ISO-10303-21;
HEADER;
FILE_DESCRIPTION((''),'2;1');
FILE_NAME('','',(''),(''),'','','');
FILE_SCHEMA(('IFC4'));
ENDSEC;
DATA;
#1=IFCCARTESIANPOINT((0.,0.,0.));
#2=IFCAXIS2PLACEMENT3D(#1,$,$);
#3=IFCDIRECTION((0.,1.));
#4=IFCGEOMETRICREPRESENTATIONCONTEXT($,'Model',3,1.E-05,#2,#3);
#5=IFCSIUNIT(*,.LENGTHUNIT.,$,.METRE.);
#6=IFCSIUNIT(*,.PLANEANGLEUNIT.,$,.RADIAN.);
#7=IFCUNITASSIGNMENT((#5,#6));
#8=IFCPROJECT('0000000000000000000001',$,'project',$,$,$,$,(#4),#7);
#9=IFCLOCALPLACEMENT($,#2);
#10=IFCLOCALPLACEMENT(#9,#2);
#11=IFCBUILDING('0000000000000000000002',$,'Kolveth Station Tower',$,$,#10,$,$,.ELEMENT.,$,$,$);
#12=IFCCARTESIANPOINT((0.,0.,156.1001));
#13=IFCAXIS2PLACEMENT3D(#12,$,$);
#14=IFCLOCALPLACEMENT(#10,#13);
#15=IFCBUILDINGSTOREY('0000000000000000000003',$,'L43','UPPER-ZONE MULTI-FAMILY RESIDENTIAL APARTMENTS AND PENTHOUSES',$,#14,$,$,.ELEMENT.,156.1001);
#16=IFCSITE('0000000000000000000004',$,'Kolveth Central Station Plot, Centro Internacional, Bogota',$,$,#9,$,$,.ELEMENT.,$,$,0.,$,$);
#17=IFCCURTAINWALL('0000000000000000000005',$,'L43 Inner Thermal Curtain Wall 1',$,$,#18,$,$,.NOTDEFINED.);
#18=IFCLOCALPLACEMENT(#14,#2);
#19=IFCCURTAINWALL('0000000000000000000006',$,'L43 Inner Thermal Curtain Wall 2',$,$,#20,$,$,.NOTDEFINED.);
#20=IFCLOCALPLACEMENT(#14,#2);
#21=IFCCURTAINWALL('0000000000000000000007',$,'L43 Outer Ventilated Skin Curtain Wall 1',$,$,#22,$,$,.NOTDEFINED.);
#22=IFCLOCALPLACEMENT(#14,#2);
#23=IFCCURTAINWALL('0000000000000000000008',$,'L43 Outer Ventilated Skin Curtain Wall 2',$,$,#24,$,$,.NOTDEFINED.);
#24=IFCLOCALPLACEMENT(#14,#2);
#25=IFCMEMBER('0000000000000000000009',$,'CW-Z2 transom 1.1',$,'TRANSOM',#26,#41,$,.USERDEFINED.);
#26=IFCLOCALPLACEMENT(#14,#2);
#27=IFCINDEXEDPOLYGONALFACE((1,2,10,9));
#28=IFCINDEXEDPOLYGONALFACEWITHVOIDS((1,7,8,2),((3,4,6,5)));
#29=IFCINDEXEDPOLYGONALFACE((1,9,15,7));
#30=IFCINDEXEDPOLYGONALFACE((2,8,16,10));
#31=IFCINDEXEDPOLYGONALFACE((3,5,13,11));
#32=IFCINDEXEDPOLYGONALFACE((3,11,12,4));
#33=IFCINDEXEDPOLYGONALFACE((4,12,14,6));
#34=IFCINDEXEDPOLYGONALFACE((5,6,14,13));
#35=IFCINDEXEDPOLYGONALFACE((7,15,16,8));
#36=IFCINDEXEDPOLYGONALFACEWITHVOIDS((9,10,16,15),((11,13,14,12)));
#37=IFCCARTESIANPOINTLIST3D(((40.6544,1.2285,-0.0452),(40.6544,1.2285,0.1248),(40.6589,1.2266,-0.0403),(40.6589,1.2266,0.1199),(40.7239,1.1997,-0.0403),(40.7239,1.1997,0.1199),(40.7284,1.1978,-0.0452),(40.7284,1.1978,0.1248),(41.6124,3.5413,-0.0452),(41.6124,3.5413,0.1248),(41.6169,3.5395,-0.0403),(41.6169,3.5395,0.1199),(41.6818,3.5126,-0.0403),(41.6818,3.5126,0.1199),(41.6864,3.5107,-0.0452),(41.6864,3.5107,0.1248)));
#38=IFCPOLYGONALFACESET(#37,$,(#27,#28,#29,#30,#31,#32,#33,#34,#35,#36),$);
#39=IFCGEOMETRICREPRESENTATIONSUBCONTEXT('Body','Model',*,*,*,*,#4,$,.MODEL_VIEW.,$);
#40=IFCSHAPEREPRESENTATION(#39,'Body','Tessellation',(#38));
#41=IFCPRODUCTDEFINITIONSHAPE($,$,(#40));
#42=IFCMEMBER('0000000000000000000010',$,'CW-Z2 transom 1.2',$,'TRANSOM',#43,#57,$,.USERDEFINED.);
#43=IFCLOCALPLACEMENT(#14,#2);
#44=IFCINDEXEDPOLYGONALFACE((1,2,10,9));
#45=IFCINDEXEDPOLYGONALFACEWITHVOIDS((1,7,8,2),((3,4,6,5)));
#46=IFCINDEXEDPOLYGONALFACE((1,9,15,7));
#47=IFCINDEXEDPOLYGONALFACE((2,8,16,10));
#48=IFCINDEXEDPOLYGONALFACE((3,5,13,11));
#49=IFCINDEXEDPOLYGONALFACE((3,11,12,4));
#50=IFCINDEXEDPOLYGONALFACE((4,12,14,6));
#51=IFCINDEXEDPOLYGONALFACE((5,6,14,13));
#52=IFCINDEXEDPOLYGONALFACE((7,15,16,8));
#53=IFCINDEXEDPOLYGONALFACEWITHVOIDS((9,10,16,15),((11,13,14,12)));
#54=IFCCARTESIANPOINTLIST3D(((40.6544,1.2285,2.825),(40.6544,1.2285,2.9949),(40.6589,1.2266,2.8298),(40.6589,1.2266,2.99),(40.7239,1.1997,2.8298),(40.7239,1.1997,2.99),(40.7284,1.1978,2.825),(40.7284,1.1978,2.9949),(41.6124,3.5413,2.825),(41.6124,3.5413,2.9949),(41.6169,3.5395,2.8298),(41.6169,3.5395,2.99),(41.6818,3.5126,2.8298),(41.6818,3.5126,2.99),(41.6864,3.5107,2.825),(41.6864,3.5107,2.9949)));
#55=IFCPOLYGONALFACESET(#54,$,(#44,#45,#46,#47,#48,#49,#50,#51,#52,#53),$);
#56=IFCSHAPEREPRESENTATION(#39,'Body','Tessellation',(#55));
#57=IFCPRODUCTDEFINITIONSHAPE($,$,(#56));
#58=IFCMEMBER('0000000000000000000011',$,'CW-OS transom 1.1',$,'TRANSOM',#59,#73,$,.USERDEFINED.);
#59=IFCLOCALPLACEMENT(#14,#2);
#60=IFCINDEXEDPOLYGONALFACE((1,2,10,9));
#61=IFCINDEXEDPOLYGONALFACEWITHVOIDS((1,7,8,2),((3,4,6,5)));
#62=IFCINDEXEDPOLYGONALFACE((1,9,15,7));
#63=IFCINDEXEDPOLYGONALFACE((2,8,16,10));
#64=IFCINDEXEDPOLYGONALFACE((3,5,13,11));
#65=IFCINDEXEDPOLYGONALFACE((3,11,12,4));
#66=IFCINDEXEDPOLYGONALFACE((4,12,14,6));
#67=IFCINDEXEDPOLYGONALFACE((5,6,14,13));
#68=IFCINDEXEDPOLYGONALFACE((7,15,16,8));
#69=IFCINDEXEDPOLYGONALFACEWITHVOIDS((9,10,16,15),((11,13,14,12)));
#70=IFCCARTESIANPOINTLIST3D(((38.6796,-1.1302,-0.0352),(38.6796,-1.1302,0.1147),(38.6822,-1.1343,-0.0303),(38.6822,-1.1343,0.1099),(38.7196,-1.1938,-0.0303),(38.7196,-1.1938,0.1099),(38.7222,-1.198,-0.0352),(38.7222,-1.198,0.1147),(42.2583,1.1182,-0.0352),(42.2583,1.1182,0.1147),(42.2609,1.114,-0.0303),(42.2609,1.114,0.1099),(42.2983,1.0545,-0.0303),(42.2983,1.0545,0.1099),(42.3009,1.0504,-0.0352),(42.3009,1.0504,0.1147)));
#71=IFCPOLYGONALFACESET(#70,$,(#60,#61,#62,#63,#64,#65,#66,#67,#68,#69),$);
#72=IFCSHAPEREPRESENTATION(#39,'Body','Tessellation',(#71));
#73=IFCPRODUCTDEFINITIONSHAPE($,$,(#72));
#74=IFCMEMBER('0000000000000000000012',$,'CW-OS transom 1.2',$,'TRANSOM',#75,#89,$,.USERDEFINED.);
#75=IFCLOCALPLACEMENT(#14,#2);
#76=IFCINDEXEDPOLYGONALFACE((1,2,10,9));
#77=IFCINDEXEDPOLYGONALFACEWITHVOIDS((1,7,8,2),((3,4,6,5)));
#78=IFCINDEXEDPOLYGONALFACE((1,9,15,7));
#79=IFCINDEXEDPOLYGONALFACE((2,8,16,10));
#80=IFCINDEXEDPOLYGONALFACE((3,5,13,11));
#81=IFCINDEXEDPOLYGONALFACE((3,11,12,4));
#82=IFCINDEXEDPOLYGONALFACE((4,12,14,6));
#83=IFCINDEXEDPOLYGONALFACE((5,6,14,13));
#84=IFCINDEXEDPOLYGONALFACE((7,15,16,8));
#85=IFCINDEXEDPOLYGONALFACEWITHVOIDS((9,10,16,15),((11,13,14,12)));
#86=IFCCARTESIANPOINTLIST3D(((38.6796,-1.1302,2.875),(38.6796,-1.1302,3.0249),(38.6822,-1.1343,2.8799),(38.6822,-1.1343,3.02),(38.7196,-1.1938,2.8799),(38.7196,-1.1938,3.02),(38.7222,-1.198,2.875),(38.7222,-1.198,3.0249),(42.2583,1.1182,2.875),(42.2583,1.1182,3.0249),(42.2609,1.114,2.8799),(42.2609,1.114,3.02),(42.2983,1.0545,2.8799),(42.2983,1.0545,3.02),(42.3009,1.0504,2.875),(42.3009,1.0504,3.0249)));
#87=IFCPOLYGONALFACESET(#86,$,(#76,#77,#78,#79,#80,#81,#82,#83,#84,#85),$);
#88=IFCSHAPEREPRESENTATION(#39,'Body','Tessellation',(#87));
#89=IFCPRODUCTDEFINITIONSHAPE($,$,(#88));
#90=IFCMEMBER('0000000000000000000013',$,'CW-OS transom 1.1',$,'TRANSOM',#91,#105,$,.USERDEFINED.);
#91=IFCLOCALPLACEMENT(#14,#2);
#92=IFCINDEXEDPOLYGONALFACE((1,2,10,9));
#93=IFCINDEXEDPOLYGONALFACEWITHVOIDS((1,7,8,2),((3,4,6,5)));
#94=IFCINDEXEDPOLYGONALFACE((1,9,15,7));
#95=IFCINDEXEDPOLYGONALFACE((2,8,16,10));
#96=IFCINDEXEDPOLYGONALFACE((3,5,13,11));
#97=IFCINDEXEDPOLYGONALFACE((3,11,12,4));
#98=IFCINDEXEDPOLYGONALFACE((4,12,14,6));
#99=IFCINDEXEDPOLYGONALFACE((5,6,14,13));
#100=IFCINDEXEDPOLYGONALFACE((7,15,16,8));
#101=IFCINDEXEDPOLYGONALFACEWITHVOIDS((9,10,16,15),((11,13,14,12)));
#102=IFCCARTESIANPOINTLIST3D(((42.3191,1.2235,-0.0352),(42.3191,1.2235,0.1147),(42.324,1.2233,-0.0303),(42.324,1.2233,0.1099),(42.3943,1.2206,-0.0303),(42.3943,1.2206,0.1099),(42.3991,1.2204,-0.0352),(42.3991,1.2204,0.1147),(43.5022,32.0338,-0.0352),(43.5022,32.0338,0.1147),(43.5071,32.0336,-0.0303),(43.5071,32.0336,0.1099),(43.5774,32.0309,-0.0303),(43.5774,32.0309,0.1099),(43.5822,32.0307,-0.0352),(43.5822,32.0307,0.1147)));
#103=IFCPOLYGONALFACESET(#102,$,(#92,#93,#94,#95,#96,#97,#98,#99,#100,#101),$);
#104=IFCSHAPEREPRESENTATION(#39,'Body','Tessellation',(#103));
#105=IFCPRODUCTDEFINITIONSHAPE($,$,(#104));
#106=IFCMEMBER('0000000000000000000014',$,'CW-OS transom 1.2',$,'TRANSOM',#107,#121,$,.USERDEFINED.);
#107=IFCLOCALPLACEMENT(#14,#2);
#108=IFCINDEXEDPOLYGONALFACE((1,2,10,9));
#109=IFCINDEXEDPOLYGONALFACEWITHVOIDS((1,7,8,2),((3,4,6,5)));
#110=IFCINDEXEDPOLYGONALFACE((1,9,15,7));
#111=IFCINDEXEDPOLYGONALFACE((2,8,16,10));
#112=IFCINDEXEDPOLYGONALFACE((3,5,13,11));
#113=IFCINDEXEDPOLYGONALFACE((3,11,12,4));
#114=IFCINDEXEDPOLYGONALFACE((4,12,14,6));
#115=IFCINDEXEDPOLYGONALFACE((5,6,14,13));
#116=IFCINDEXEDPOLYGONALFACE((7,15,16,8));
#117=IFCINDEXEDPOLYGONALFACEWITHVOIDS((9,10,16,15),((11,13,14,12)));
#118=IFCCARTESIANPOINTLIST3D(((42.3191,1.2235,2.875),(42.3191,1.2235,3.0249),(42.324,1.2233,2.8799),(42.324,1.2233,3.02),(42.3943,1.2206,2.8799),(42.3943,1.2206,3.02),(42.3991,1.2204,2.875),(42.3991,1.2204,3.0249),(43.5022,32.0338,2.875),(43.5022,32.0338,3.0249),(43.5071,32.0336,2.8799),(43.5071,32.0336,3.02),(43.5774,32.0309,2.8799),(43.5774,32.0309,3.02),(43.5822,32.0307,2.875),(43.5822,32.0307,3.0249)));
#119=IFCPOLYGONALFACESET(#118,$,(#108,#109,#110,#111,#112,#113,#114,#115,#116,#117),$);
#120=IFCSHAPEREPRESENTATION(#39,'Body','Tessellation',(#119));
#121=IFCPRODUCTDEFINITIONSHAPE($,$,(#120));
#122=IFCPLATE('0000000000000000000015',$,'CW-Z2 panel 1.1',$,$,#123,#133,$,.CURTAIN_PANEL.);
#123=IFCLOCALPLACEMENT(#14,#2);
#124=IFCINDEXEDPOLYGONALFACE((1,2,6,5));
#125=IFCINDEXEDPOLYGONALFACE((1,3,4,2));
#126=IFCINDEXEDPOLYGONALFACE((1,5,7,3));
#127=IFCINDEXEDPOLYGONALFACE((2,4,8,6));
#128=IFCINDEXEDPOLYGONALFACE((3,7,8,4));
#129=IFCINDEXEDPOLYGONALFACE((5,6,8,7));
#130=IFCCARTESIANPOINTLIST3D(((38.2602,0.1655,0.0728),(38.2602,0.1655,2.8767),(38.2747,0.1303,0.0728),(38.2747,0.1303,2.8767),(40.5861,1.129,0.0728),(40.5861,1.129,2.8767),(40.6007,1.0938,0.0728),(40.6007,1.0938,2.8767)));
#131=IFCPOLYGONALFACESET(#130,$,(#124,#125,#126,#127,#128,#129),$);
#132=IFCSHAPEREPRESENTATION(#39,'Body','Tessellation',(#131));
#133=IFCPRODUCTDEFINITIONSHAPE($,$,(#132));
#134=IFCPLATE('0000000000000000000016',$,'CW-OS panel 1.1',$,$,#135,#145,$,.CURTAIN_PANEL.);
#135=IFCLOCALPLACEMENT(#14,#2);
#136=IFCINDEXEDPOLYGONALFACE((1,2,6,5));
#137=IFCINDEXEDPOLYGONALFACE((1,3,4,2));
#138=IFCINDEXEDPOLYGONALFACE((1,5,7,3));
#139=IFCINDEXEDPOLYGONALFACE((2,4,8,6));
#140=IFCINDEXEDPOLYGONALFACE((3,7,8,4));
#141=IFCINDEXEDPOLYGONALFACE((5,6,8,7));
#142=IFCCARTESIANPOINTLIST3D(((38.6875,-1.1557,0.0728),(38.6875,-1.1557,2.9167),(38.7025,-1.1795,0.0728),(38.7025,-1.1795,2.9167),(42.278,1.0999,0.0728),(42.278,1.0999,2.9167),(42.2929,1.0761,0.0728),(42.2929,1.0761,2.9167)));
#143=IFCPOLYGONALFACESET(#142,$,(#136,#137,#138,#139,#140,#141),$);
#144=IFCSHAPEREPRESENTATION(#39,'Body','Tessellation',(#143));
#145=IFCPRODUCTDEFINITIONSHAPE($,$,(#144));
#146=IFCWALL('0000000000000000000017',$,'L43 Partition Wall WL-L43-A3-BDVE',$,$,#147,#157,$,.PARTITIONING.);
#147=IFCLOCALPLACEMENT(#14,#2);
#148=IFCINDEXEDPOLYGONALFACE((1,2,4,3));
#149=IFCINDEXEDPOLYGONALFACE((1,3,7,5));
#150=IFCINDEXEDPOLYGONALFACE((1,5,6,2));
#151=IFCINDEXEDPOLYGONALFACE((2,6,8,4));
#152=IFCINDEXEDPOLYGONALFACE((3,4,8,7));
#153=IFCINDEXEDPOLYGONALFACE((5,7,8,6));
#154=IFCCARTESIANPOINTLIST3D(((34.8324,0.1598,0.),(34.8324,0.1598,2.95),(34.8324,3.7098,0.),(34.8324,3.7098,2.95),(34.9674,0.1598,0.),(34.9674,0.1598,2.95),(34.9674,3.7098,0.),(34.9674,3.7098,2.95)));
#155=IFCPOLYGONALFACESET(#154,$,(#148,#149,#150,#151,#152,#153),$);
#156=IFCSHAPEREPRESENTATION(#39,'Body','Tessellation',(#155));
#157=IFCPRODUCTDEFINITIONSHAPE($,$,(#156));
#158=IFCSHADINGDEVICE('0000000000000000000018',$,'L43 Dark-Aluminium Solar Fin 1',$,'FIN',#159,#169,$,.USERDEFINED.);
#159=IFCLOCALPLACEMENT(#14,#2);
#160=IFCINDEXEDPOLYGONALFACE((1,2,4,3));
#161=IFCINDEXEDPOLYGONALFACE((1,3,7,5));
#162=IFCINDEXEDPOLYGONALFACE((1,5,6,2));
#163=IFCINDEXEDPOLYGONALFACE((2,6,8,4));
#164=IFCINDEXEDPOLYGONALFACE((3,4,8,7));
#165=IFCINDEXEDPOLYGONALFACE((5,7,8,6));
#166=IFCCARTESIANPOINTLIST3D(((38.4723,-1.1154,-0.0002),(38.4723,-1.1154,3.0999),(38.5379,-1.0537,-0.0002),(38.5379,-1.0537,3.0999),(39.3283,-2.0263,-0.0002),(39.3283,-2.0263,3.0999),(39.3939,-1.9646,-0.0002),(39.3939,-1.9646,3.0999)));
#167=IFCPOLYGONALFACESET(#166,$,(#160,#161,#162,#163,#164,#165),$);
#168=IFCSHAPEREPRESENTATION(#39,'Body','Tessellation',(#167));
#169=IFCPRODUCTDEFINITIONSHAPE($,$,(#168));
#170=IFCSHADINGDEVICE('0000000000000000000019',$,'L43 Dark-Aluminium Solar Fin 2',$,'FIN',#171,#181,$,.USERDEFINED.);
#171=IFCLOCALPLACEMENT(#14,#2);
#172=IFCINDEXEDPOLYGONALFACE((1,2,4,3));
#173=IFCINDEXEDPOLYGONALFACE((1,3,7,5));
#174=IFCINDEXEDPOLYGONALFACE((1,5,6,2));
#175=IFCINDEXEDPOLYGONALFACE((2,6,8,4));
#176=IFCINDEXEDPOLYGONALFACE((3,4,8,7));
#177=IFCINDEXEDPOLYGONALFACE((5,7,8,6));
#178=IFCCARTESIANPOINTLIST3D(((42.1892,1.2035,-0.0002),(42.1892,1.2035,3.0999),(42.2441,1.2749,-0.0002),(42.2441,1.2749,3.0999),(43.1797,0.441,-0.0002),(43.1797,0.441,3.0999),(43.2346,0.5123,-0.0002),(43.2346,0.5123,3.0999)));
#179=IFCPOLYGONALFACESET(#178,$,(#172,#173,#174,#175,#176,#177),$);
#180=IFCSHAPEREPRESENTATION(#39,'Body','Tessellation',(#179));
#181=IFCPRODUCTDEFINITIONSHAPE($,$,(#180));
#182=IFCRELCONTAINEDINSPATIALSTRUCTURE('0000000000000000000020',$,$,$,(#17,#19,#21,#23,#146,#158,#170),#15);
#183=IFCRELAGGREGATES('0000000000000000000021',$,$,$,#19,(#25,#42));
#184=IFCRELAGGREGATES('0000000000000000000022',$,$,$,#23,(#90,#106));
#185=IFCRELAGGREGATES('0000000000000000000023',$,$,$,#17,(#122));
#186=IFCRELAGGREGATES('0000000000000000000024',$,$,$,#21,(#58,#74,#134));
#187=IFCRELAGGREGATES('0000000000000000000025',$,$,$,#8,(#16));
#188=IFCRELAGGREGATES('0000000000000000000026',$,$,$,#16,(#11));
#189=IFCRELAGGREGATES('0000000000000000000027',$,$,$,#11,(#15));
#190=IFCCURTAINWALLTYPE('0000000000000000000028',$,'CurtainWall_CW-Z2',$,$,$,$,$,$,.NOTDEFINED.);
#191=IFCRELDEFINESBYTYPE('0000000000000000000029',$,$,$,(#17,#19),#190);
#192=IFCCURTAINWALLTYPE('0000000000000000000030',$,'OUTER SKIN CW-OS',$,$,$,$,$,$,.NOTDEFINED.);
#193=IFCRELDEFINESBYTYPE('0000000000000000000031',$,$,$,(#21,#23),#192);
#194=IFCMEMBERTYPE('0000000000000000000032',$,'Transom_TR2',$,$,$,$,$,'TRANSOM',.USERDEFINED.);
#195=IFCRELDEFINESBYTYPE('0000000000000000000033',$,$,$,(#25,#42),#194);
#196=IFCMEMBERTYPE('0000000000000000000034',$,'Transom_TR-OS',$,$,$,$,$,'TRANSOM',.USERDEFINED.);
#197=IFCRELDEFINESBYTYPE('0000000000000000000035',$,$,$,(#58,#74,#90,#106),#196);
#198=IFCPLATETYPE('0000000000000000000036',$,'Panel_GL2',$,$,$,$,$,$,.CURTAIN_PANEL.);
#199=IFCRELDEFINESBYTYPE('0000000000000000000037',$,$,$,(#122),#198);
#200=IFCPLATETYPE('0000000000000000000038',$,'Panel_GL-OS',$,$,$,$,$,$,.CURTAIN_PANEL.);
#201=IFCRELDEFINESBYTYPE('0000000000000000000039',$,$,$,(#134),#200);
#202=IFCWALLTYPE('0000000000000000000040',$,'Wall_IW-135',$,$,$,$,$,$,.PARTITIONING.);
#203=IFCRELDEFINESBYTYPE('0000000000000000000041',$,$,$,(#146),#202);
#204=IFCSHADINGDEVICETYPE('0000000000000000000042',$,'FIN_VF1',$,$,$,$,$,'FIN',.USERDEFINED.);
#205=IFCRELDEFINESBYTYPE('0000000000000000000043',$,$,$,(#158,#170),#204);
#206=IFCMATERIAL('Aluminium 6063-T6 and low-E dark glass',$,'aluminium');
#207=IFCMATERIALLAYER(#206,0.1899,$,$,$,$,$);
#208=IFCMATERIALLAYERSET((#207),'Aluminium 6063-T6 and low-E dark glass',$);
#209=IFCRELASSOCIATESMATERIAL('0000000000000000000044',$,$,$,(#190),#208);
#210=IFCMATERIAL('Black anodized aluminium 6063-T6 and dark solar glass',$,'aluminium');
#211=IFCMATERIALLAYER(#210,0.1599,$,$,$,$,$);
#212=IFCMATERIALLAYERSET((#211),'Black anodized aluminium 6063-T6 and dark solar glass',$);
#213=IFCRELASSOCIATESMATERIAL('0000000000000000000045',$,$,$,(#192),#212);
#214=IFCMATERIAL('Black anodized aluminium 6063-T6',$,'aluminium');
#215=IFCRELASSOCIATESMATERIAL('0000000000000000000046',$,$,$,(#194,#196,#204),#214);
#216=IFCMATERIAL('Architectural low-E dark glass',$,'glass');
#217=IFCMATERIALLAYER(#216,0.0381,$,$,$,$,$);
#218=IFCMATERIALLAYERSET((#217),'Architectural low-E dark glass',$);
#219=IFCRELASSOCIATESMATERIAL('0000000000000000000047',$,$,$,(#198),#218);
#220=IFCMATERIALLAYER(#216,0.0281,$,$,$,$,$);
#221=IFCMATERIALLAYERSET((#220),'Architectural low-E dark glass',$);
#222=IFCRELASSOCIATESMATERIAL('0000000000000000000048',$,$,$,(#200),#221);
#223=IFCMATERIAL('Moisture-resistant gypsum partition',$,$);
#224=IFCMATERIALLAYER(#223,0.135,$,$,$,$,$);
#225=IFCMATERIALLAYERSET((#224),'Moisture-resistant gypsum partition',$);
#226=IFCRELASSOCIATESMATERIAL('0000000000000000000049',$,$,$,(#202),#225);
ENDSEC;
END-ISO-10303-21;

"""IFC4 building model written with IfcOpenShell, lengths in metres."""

from ifc_helpers import new_model, si_unit, direction, frame, frame_2d, origin, origin_2d, place, context, subcontext, project, spatial, rectangle, hollow_rectangle, extrude, source, transform, mapped, material, layer, layer_set, material_profile, profile_set, type_object, element, aggregate, save


model = new_model("IFC4")

# Units and contexts
model_context = context("Model", 3, precision=1e-05, world=origin(), true_north=direction((0.0, 1.0)))
body_context = subcontext(model_context, "Body", "Model", "MODEL_VIEW")
ifc_project = project(units=[si_unit("LENGTHUNIT", "METRE"), si_unit("PLANEANGLEUNIT", "RADIAN")], contexts=[model_context])

# Site, building, storey
site_placement = place(None, origin())
site = spatial("IfcSite", under=ifc_project, at=site_placement, Name="Kolveth Central Station Plot, Centro Internacional, Bogota", CompositionType="ELEMENT", RefElevation=0.0)
building_placement = place(site_placement, origin())
building = spatial("IfcBuilding", under=site, at=building_placement, Name="Kolveth Station Tower", CompositionType="ELEMENT")
storey_placement = place(building_placement, frame((0.0, 0.0, 156.1001)))
storey = spatial("IfcBuildingStorey", under=building, at=storey_placement, Name="L43", Description="UPPER-ZONE MULTI-FAMILY RESIDENTIAL APARTMENTS AND PENTHOUSES", CompositionType="ELEMENT", Elevation=156.1001)

# Curtain wall
ifc_material_1 = material(Name="Aluminium 6063-T6 and low-E dark glass", Category="aluminium")
ifc_layer_1 = layer(ifc_material_1, 0.1899)
ifc_layer_set_1 = layer_set([ifc_layer_1], Name="Aluminium 6063-T6 and low-E dark glass")
curtain_wall_type_1 = type_object("IfcCurtainWallType", Name="CurtainWall_CW-Z2", PredefinedType="NOTDEFINED", material=ifc_layer_set_1)
curtain_wall_1_placement = place(storey_placement, origin())
curtain_wall_1 = element("IfcCurtainWall", 1, at=curtain_wall_1_placement, inside=storey, type_object=curtain_wall_type_1, Name="L43 Inner Thermal Curtain Wall 1", PredefinedType="NOTDEFINED")
ifc_material_2 = material(Name="Black anodized aluminium 6063-T6", Category="aluminium")

# Curtain wall
curtain_wall_2_placement = place(storey_placement, origin())
curtain_wall_2 = element("IfcCurtainWall", 2, at=curtain_wall_2_placement, inside=storey, type_object=curtain_wall_type_1, Name="L43 Inner Thermal Curtain Wall 2", PredefinedType="NOTDEFINED")

# Curtain wall
ifc_material_3 = material(Name="Black anodized aluminium 6063-T6 and dark solar glass", Category="aluminium")
ifc_layer_2 = layer(ifc_material_3, 0.1599)
ifc_layer_set_2 = layer_set([ifc_layer_2], Name="Black anodized aluminium 6063-T6 and dark solar glass")
curtain_wall_type_2 = type_object("IfcCurtainWallType", Name="OUTER SKIN CW-OS", PredefinedType="NOTDEFINED", material=ifc_layer_set_2)
curtain_wall_3_placement = place(storey_placement, origin())
curtain_wall_3 = element("IfcCurtainWall", 3, at=curtain_wall_3_placement, inside=storey, type_object=curtain_wall_type_2, Name="L43 Outer Ventilated Skin Curtain Wall 1", PredefinedType="NOTDEFINED")

# Curtain wall
curtain_wall_4_placement = place(storey_placement, origin())
curtain_wall_4 = element("IfcCurtainWall", 4, at=curtain_wall_4_placement, inside=storey, type_object=curtain_wall_type_2, Name="L43 Outer Ventilated Skin Curtain Wall 2", PredefinedType="NOTDEFINED")

# Members
ifc_material_profile_1 = material_profile(ifc_material_2, hollow_rectangle(XDim=0.0801, YDim=0.1699, WallThickness=0.0049, at=origin_2d()), Name="ALU-80x170x5")
ifc_profile_set_1 = profile_set([ifc_material_profile_1], Name="Black anodized aluminium 6063-T6")
member_type_1 = type_object("IfcMemberType", Name="Transom_TR2", ElementType="TRANSOM", PredefinedType="USERDEFINED", material=ifc_profile_set_1)
shared_shape_1 = source(origin(), body_context, "Body", "SweptSolid", [
    extrude(hollow_rectangle(XDim=0.0801, YDim=0.1699, WallThickness=0.0049, at=origin_2d()), origin(), (0.0, 0.0, 1.0), 2.5034),
])
member_1_placement = place(storey_placement, frame((40.6914, 1.2131, 0.0398), z_axis=(0.382662, 0.923888, 0.0), x_axis=(-0.923888, 0.382662, 0.0)))
member_1 = element("IfcMember", 5, at=member_1_placement, type_object=member_type_1, Name="CW-Z2 transom 1.1", ObjectType="TRANSOM", PredefinedType="USERDEFINED", context=body_context, shape_type="MappedRepresentation", body=[
    mapped(shared_shape_1, transform((0.0, 0.0, 0.0), x_axis=(1.0, 0.0, 0.0), y_axis=(0.0, 1.0, 0.0), z_axis=(0.0, 0.0, 1.0), scale=1.0)),
])
member_2_placement = place(storey_placement, frame((40.6914, 1.2131, 2.9099), z_axis=(0.382662, 0.923888, 0.0), x_axis=(-0.923888, 0.382662, 0.0)))
member_2 = element("IfcMember", 6, at=member_2_placement, type_object=member_type_1, Name="CW-Z2 transom 1.2", ObjectType="TRANSOM", PredefinedType="USERDEFINED", context=body_context, shape_type="MappedRepresentation", body=[
    mapped(shared_shape_1, transform((0.0, 0.0, 0.0), x_axis=(1.0, 0.0, 0.0), y_axis=(0.0, 1.0, 0.0), z_axis=(0.0, 0.0, 1.0), scale=1.0)),
])
aggregate(curtain_wall_2, [member_1, member_2])
ifc_material_profile_2 = material_profile(ifc_material_2, hollow_rectangle(XDim=0.0801, YDim=0.1499, WallThickness=0.0049, at=origin_2d()), Name="ALU-80x150x5")
ifc_profile_set_2 = profile_set([ifc_material_profile_2], Name="Black anodized aluminium 6063-T6")
member_type_2 = type_object("IfcMemberType", Name="Transom_TR-OS", ElementType="TRANSOM", PredefinedType="USERDEFINED", material=ifc_profile_set_2)
shared_shape_2 = source(origin(), body_context, "Body", "SweptSolid", [
    extrude(hollow_rectangle(XDim=0.0801, YDim=0.1499, WallThickness=0.0049, at=origin_2d()), origin(), (0.0, 0.0, 1.0), 4.2263),
])
member_3_placement = place(storey_placement, frame((38.7009, -1.1641, 0.0398), z_axis=(0.846756, 0.531981, 0.0), x_axis=(-0.531981, 0.846756, 0.0)))
member_3 = element("IfcMember", 7, at=member_3_placement, type_object=member_type_2, Name="CW-OS transom 1.1", ObjectType="TRANSOM", PredefinedType="USERDEFINED", context=body_context, shape_type="MappedRepresentation", body=[
    mapped(shared_shape_2, transform((0.0, 0.0, 0.0), x_axis=(1.0, 0.0, 0.0), y_axis=(0.0, 1.0, 0.0), z_axis=(0.0, 0.0, 1.0), scale=1.0)),
])
member_4_placement = place(storey_placement, frame((38.7009, -1.1641, 2.95), z_axis=(0.846756, 0.531981, 0.0), x_axis=(-0.531981, 0.846756, 0.0)))
member_4 = element("IfcMember", 8, at=member_4_placement, type_object=member_type_2, Name="CW-OS transom 1.2", ObjectType="TRANSOM", PredefinedType="USERDEFINED", context=body_context, shape_type="MappedRepresentation", body=[
    mapped(shared_shape_2, transform((0.0, 0.0, 0.0), x_axis=(1.0, 0.0, 0.0), y_axis=(0.0, 1.0, 0.0), z_axis=(0.0, 0.0, 1.0), scale=1.0)),
])
shared_shape_3 = source(origin(), body_context, "Body", "SweptSolid", [
    extrude(hollow_rectangle(XDim=0.0801, YDim=0.1499, WallThickness=0.0049, at=origin_2d()), origin(), (0.0, 0.0, 1.0), 30.833),
])
member_5_placement = place(storey_placement, frame((42.3591, 1.2219, 0.0398), z_axis=(0.038371, 0.999264, 0.0), x_axis=(-0.999264, 0.038371, 0.0)))
member_5 = element("IfcMember", 9, at=member_5_placement, type_object=member_type_2, Name="CW-OS transom 1.1", ObjectType="TRANSOM", PredefinedType="USERDEFINED", context=body_context, shape_type="MappedRepresentation", body=[
    mapped(shared_shape_3, transform((0.0, 0.0, 0.0), x_axis=(1.0, 0.0, 0.0), y_axis=(0.0, 1.0, 0.0), z_axis=(0.0, 0.0, 1.0), scale=1.0)),
])
member_6_placement = place(storey_placement, frame((42.3591, 1.2219, 2.95), z_axis=(0.038371, 0.999264, 0.0), x_axis=(-0.999264, 0.038371, 0.0)))
member_6 = element("IfcMember", 10, at=member_6_placement, type_object=member_type_2, Name="CW-OS transom 1.2", ObjectType="TRANSOM", PredefinedType="USERDEFINED", context=body_context, shape_type="MappedRepresentation", body=[
    mapped(shared_shape_3, transform((0.0, 0.0, 0.0), x_axis=(1.0, 0.0, 0.0), y_axis=(0.0, 1.0, 0.0), z_axis=(0.0, 0.0, 1.0), scale=1.0)),
])
aggregate(curtain_wall_4, [member_5, member_6])

# Plates
ifc_material_4 = material(Name="Architectural low-E dark glass", Category="glass")
ifc_layer_3 = layer(ifc_material_4, 0.0381)
ifc_layer_set_3 = layer_set([ifc_layer_3], Name="Architectural low-E dark glass")
plate_type_1 = type_object("IfcPlateType", Name="Panel_GL2", PredefinedType="CURTAIN_PANEL", material=ifc_layer_set_3)
shared_shape_4 = source(origin(), body_context, "Body", "SweptSolid", [
    extrude(rectangle(XDim=2.5176, YDim=0.0381, at=origin_2d()), origin(), (0.0, 0.0, 1.0), 2.804),
])
plate_1_placement = place(storey_placement, frame((39.4304, 0.6296, 0.0728), z_axis=(0.0, 0.0, 1.0), x_axis=(0.923874, 0.382698, 0.0)))
plate_1 = element("IfcPlate", 11, at=plate_1_placement, type_object=plate_type_1, Name="CW-Z2 panel 1.1", PredefinedType="CURTAIN_PANEL", context=body_context, shape_type="MappedRepresentation", body=[
    mapped(shared_shape_4, transform((0.0, 0.0, 0.0), x_axis=(1.0, 0.0, 0.0), y_axis=(0.0, 1.0, 0.0), z_axis=(0.0, 0.0, 1.0), scale=1.0)),
])
aggregate(curtain_wall_1, [plate_1])
ifc_layer_4 = layer(ifc_material_4, 0.0281)
ifc_layer_set_4 = layer_set([ifc_layer_4], Name="Architectural low-E dark glass")
plate_type_2 = type_object("IfcPlateType", Name="Panel_GL-OS", PredefinedType="CURTAIN_PANEL", material=ifc_layer_set_4)
shared_shape_5 = source(origin(), body_context, "Body", "SweptSolid", [
    extrude(rectangle(XDim=4.2402, YDim=0.0281, at=origin_2d()), origin(), (0.0, 0.0, 1.0), 2.844),
])
plate_2_placement = place(storey_placement, frame((40.4902, -0.0398, 0.0728), z_axis=(0.0, 0.0, 1.0), x_axis=(0.846766, 0.531966, 0.0)))
plate_2 = element("IfcPlate", 12, at=plate_2_placement, type_object=plate_type_2, Name="CW-OS panel 1.1", PredefinedType="CURTAIN_PANEL", context=body_context, shape_type="MappedRepresentation", body=[
    mapped(shared_shape_5, transform((0.0, 0.0, 0.0), x_axis=(1.0, 0.0, 0.0), y_axis=(0.0, 1.0, 0.0), z_axis=(0.0, 0.0, 1.0), scale=1.0)),
])
aggregate(curtain_wall_3, [member_3, member_4, plate_2])

# Wall
ifc_material_5 = material(Name="Moisture-resistant gypsum partition")
ifc_layer_5 = layer(ifc_material_5, 0.135)
ifc_layer_set_5 = layer_set([ifc_layer_5], Name="Moisture-resistant gypsum partition")
wall_type = type_object("IfcWallType", Name="Wall_IW-135", PredefinedType="PARTITIONING", material=ifc_layer_set_5)
wall_placement = place(storey_placement, frame((34.8999, 0.1599, 0.0), z_axis=(0.0, 0.0, 1.0), x_axis=(0.0, 1.0, 0.0)))
element("IfcWall", 13, at=wall_placement, inside=storey, type_object=wall_type, Name="L43 Partition Wall WL-L43-A3-BDVE", PredefinedType="PARTITIONING", context=body_context, shape_type="SweptSolid", body=[
    extrude(rectangle(XDim=3.55, YDim=0.135, at=frame_2d((1.7749, 0.0))), origin(), (0.0, 0.0, 1.0), 2.95),
])

# Shading devices
shading_device_type = type_object("IfcShadingDeviceType", Name="FIN_VF1", ElementType="FIN", PredefinedType="USERDEFINED", material=ifc_material_2)
shared_shape_6 = source(origin(), body_context, "Body", "SweptSolid", [
    extrude(rectangle(XDim=1.25, YDim=0.0901, at=origin_2d()), origin(), (0.0, 0.0, 1.0), 3.1001),
])
for number, where, z_axis, x_axis, name in (
    (14, (38.9331, -1.54, -0.0002), (0.0, 0.0, 1.0), (0.684802, -0.72873, 0.0), "L43 Dark-Aluminium Solar Fin 1"),
    (15, (42.7119, 0.8579, -0.0002), (0.0, 0.0, 1.0), (0.792396, -0.610007, 0.0), "L43 Dark-Aluminium Solar Fin 2"),
):
    element("IfcShadingDevice", number, at=place(storey_placement, frame(where, z_axis=z_axis, x_axis=x_axis)), inside=storey, type_object=shading_device_type, Name=name, ObjectType="FIN", PredefinedType="USERDEFINED", context=body_context, shape_type="MappedRepresentation", body=[
        mapped(shared_shape_6, transform((0.0, 0.0, 0.0), x_axis=(1.0, 0.0, 0.0), y_axis=(0.0, 1.0, 0.0), z_axis=(0.0, 0.0, 1.0), scale=1.0)),
    ])

save(model, "model.ifc")
